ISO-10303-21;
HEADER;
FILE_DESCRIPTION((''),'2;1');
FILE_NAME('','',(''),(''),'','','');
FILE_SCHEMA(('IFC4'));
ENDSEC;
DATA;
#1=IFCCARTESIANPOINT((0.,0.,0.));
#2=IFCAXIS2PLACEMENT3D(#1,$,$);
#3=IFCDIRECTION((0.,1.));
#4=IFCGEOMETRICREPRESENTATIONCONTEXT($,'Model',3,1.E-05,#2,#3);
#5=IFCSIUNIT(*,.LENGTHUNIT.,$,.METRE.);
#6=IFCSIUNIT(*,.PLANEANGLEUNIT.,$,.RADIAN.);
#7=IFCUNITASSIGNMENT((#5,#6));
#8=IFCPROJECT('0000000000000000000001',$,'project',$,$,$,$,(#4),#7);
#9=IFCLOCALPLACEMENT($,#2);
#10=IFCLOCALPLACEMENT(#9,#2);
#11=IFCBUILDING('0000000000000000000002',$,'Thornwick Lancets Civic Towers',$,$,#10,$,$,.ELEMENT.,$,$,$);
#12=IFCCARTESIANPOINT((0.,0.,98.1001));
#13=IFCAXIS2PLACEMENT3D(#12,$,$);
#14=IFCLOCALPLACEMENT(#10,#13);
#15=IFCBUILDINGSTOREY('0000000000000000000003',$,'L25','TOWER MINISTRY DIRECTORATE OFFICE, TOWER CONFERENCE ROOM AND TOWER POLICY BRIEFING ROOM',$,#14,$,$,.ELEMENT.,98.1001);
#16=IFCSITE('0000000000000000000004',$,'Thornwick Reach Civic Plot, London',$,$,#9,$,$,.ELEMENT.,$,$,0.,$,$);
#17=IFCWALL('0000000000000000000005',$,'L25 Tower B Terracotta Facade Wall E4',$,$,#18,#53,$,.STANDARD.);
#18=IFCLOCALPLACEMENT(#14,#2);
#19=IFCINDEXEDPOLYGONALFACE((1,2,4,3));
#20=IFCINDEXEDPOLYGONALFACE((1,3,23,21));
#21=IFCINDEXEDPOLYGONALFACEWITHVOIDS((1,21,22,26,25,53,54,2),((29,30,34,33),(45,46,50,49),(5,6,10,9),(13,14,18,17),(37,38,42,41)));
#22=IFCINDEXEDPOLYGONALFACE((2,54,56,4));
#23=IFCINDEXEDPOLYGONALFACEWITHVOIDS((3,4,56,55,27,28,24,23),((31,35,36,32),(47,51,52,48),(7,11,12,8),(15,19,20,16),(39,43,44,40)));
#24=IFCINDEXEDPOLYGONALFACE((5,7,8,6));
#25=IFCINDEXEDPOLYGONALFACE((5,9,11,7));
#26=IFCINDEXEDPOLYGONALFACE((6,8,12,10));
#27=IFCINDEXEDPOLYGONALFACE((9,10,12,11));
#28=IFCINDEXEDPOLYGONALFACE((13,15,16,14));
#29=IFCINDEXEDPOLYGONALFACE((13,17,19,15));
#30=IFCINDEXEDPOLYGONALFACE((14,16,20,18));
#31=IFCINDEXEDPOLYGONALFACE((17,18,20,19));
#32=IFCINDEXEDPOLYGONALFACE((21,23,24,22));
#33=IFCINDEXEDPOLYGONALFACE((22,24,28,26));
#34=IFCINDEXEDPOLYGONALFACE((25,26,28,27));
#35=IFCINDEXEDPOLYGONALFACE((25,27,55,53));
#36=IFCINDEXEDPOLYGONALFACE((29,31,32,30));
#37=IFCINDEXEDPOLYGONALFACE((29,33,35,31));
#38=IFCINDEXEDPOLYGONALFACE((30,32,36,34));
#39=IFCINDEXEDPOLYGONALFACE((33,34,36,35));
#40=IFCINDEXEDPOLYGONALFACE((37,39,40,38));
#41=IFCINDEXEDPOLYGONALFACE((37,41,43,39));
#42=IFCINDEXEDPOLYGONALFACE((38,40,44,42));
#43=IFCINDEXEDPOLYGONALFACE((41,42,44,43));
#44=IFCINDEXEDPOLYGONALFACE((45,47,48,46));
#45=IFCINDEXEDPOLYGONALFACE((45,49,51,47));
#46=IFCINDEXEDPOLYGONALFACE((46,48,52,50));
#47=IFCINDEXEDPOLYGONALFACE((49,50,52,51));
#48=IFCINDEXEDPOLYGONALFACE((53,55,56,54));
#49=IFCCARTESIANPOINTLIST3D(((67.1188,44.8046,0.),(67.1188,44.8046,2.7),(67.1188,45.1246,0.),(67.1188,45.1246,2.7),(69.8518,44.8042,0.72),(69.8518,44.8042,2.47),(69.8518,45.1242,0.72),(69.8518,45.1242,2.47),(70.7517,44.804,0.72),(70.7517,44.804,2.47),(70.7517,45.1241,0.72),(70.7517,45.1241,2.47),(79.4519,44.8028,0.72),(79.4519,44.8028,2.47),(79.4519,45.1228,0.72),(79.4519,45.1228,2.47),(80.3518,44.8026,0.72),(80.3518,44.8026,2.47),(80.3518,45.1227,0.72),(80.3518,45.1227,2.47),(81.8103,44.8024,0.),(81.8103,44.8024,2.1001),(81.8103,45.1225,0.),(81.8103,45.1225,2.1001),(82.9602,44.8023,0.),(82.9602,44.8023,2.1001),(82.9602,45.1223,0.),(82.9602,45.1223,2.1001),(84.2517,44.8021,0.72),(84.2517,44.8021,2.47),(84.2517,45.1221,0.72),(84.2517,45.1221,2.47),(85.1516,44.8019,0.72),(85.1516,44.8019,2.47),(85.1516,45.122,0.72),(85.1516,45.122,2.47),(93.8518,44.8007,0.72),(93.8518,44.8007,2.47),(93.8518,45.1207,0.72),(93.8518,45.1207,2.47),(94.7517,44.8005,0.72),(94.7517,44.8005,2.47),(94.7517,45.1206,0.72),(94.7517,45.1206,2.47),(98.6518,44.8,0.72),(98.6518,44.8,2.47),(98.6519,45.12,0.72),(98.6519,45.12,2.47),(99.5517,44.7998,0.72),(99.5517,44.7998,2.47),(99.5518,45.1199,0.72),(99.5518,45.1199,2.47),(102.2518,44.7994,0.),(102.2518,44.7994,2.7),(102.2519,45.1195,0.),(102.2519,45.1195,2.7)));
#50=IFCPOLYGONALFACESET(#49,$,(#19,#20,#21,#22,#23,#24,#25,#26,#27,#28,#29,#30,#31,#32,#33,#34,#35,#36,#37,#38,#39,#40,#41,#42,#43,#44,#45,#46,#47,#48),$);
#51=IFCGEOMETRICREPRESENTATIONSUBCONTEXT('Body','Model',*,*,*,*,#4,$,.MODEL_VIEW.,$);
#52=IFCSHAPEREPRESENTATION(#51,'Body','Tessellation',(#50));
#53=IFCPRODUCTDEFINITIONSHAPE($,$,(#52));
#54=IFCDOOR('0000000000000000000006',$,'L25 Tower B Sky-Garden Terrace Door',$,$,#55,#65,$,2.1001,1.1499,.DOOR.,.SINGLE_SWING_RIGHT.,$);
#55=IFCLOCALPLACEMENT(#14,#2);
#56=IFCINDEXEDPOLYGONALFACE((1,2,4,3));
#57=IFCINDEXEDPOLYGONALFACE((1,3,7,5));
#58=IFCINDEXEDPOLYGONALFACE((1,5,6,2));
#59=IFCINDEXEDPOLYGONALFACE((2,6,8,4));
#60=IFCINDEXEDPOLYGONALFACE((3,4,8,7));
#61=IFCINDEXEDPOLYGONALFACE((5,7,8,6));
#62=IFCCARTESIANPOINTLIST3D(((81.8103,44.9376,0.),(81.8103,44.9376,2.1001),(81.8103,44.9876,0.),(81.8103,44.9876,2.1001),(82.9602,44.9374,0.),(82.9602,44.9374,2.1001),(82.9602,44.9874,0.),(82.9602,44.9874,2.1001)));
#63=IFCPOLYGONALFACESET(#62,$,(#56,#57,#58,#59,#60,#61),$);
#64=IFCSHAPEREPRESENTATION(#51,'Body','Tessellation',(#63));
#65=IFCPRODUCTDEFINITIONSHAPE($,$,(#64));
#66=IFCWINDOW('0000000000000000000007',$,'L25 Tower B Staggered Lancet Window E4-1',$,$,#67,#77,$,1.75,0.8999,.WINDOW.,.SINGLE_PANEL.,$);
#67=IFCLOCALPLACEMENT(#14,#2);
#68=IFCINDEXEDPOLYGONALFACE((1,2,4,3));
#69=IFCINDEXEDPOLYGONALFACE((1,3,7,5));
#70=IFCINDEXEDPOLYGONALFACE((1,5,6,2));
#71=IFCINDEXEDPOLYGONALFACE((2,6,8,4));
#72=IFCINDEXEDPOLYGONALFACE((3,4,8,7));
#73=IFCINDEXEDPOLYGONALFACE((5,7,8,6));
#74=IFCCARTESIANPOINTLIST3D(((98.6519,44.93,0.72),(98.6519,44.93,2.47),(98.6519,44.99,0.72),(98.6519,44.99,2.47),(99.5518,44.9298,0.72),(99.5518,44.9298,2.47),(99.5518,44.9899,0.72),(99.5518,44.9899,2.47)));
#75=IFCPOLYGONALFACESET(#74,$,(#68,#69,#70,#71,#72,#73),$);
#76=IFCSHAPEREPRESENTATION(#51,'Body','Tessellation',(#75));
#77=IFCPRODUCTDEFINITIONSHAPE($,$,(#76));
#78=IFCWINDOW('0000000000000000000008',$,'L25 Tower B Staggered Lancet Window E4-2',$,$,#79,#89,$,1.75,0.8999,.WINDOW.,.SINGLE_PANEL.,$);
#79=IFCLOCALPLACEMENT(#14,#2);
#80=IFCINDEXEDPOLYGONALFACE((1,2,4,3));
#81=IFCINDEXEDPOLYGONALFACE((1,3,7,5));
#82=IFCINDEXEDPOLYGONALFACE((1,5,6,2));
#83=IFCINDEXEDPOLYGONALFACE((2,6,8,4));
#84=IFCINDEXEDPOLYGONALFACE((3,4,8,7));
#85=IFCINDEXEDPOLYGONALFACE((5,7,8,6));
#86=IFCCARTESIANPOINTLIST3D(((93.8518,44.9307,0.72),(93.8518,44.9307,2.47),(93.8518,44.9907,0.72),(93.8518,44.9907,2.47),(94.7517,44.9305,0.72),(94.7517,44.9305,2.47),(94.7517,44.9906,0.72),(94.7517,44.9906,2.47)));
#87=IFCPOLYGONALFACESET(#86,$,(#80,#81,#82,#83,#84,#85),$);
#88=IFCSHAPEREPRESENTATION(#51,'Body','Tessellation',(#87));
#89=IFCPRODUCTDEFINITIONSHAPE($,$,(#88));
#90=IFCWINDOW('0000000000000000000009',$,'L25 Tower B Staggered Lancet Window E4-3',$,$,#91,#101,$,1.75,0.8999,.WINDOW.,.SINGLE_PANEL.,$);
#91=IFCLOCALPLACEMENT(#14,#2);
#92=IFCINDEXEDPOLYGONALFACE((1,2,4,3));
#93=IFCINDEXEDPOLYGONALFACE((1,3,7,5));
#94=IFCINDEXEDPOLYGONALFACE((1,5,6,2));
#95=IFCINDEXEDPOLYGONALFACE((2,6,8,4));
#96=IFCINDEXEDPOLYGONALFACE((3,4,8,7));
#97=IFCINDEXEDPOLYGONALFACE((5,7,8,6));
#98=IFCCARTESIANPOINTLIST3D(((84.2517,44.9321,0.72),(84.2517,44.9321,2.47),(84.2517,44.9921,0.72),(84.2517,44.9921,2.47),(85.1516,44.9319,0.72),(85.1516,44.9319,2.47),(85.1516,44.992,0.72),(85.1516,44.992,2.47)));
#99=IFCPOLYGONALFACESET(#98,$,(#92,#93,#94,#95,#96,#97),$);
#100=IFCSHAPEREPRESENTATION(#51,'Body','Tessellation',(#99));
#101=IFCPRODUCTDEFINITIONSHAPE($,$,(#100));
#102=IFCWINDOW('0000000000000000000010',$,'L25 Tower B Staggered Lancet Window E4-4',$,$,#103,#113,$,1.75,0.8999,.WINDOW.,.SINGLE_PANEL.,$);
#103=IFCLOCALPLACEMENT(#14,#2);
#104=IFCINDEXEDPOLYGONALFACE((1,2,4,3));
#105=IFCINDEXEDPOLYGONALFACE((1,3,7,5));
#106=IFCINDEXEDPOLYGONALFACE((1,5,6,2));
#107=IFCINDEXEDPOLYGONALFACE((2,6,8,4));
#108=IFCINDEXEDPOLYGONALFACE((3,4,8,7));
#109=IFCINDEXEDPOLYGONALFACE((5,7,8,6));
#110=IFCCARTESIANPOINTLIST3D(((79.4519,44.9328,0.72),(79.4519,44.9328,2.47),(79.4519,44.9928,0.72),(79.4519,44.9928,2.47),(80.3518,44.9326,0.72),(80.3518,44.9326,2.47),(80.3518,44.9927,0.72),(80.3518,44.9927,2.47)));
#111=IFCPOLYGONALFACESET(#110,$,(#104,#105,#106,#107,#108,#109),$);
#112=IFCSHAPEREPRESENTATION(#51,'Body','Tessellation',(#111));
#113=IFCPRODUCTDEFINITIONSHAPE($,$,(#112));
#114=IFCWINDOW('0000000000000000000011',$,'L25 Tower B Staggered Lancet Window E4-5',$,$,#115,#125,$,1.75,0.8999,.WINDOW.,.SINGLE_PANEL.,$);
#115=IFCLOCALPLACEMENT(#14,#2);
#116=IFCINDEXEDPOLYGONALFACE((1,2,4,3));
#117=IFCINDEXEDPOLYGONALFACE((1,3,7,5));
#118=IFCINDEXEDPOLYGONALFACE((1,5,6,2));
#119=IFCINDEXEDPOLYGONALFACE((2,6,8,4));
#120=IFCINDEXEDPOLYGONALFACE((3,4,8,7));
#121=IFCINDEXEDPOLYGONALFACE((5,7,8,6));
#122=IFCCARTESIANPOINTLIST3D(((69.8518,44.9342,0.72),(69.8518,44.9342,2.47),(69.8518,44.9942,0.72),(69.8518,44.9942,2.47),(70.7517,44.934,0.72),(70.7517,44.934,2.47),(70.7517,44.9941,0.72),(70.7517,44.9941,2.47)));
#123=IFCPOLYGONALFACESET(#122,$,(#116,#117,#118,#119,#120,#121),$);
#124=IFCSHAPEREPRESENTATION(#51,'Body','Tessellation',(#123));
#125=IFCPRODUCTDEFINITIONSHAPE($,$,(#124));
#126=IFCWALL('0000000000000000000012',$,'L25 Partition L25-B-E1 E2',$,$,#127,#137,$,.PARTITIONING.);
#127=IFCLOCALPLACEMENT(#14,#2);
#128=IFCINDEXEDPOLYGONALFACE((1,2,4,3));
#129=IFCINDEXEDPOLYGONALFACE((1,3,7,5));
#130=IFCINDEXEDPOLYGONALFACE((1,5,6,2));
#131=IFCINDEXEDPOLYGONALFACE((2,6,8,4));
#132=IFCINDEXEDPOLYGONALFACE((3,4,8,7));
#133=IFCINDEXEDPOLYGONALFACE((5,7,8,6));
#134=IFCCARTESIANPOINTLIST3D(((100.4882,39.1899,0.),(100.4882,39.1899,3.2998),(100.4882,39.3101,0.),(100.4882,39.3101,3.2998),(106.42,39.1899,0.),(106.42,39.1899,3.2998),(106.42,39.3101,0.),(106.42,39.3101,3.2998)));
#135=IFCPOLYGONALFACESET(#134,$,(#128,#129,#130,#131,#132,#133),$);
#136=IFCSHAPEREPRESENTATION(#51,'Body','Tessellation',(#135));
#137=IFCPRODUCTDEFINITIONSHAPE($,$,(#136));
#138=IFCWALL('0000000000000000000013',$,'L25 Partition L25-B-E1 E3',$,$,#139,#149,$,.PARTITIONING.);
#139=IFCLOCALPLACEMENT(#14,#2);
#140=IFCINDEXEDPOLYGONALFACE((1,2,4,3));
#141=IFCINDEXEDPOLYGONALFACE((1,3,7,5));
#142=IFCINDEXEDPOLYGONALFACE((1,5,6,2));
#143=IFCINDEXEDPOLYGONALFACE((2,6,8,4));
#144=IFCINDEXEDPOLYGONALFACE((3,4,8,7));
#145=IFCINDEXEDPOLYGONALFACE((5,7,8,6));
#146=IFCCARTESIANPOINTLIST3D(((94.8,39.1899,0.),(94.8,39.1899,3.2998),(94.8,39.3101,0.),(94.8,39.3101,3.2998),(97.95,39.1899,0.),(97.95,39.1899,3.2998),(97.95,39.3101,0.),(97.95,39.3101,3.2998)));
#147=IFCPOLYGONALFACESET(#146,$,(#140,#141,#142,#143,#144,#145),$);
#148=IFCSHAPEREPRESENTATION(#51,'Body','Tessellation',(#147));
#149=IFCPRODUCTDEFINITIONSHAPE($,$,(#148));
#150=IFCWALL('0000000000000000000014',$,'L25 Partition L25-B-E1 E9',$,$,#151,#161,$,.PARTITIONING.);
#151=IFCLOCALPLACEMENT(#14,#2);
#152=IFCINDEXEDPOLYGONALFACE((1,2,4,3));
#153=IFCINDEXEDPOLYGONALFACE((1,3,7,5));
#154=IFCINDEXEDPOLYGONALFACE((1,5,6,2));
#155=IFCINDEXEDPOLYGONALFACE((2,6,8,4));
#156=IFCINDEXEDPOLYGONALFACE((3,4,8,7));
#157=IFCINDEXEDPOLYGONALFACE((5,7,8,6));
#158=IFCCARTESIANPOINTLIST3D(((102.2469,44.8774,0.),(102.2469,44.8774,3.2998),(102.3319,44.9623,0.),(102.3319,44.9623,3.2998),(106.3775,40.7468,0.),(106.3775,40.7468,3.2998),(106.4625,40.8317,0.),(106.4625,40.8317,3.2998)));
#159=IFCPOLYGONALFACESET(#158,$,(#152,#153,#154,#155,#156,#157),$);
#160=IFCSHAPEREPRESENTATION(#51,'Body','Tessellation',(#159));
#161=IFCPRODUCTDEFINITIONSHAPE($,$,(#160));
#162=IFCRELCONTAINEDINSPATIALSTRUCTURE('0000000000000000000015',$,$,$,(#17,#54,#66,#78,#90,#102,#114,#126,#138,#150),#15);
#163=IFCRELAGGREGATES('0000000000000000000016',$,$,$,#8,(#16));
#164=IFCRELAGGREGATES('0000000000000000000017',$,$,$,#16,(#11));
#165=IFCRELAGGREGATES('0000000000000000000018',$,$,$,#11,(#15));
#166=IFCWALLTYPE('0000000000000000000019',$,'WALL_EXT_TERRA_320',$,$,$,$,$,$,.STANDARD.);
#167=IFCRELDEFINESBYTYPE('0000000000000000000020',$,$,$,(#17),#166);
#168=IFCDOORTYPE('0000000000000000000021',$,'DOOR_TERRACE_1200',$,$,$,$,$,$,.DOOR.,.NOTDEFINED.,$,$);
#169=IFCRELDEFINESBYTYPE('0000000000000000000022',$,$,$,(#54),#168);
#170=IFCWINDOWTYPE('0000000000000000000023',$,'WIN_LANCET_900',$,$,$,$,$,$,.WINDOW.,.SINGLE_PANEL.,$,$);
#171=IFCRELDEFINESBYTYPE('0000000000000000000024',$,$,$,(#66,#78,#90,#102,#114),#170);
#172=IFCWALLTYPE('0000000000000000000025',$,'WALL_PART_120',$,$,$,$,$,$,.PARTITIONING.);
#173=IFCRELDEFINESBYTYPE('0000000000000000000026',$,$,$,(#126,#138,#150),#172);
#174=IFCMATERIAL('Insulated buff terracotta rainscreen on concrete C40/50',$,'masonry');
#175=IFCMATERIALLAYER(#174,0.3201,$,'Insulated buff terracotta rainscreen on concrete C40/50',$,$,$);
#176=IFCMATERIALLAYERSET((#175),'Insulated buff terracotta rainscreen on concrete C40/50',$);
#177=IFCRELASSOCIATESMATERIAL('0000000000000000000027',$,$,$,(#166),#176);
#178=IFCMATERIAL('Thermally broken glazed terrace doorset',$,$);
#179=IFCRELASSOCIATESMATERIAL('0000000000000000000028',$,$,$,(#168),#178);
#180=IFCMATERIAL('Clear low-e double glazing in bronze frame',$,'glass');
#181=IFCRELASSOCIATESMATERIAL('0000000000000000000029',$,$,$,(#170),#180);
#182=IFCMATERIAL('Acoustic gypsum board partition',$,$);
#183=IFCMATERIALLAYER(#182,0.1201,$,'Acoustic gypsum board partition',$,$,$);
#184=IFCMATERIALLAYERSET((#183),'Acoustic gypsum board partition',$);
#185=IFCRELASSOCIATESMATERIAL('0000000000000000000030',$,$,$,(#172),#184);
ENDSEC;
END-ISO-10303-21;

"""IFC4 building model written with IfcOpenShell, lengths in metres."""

from ifc_helpers import new_model, si_unit, direction, frame, frame_2d, origin, place, context, subcontext, project, spatial, rectangle, extrude, material, layer, layer_set, type_object, element, fill, save


model = new_model("IFC4")

# Units and contexts
model_context = context("Model", 3, precision=1e-05, world=origin(), true_north=direction((0.0, 1.0)))
body_context = subcontext(model_context, "Body", "Model", "MODEL_VIEW")
ifc_project = project(units=[si_unit("LENGTHUNIT", "METRE"), si_unit("PLANEANGLEUNIT", "RADIAN")], contexts=[model_context])

# Site, building, storey
site_placement = place(None, origin())
site = spatial("IfcSite", under=ifc_project, at=site_placement, Name="Thornwick Reach Civic Plot, London", CompositionType="ELEMENT", RefElevation=0.0)
building_placement = place(site_placement, origin())
building = spatial("IfcBuilding", under=site, at=building_placement, Name="Thornwick Lancets Civic Towers", CompositionType="ELEMENT")
storey_placement = place(building_placement, frame((0.0, 0.0, 98.1001)))
storey = spatial("IfcBuildingStorey", under=building, at=storey_placement, Name="L25", Description="TOWER MINISTRY DIRECTORATE OFFICE, TOWER CONFERENCE ROOM AND TOWER POLICY BRIEFING ROOM", CompositionType="ELEMENT", Elevation=98.1001)

# Wall, openings, door, windows
ifc_material_1 = material(Name="Insulated buff terracotta rainscreen on concrete C40/50", Category="masonry")
ifc_layer_1 = layer(ifc_material_1, 0.3201, Name="Insulated buff terracotta rainscreen on concrete C40/50")
ifc_layer_set_1 = layer_set([ifc_layer_1], Name="Insulated buff terracotta rainscreen on concrete C40/50")
wall_type_1 = type_object("IfcWallType", Name="WALL_EXT_TERRA_320", PredefinedType="STANDARD", material=ifc_layer_set_1)
wall_1_placement = place(storey_placement, frame((102.2517, 44.9595, 0.0), z_axis=(0.0, 0.0, 1.0), x_axis=(-1.0, 0.000146, 0.0)))
wall_1 = element("IfcWall", 1, at=wall_1_placement, inside=storey, type_object=wall_type_1, Name="L25 Tower B Terracotta Facade Wall E4", PredefinedType="STANDARD", context=body_context, shape_type="SweptSolid", body=[
    extrude(rectangle(XDim=35.1331, YDim=0.3201, at=frame_2d((17.5664, 0.0))), origin(), (0.0, 0.0, 1.0), 2.7),
])
opening_1_placement = place(wall_1_placement, frame((19.2915, 0.0, 0.0)))
opening_1 = element("IfcOpeningElement", 2, at=opening_1_placement, cuts=wall_1, PredefinedType="OPENING", context=body_context, shape_type="SweptSolid", body=[
    extrude(rectangle(XDim=1.1499, YDim=2.1001, at=frame_2d((0.575, 1.05))), frame((0.0, 0.1699, 0.0), z_axis=(0.0, -1.0, 0.0), x_axis=(1.0, 0.0, 0.0)), (0.0, 0.0, 1.0), 0.3401),
])
opening_2_placement = place(wall_1_placement, frame((2.7, 0.0, 0.72)))
opening_2 = element("IfcOpeningElement", 3, at=opening_2_placement, cuts=wall_1, PredefinedType="OPENING", context=body_context, shape_type="SweptSolid", body=[
    extrude(rectangle(XDim=0.8999, YDim=1.75, at=frame_2d((0.45, 0.875))), frame((0.0, 0.1699, 0.0), z_axis=(0.0, -1.0, 0.0), x_axis=(1.0, 0.0, 0.0)), (0.0, 0.0, 1.0), 0.3401),
])
opening_3_placement = place(wall_1_placement, frame((7.5, 0.0, 0.72)))
opening_3 = element("IfcOpeningElement", 4, at=opening_3_placement, cuts=wall_1, PredefinedType="OPENING", context=body_context, shape_type="SweptSolid", body=[
    extrude(rectangle(XDim=0.8999, YDim=1.75, at=frame_2d((0.45, 0.875))), frame((0.0, 0.1699, 0.0), z_axis=(0.0, -1.0, 0.0), x_axis=(1.0, 0.0, 0.0)), (0.0, 0.0, 1.0), 0.3401),
])
opening_4_placement = place(wall_1_placement, frame((17.1001, 0.0, 0.72)))
opening_4 = element("IfcOpeningElement", 5, at=opening_4_placement, cuts=wall_1, PredefinedType="OPENING", context=body_context, shape_type="SweptSolid", body=[
    extrude(rectangle(XDim=0.8999, YDim=1.75, at=frame_2d((0.45, 0.875))), frame((0.0, 0.1699, 0.0), z_axis=(0.0, -1.0, 0.0), x_axis=(1.0, 0.0, 0.0)), (0.0, 0.0, 1.0), 0.3401),
])
opening_5_placement = place(wall_1_placement, frame((21.8999, 0.0, 0.72)))
opening_5 = element("IfcOpeningElement", 6, at=opening_5_placement, cuts=wall_1, PredefinedType="OPENING", context=body_context, shape_type="SweptSolid", body=[
    extrude(rectangle(XDim=0.8999, YDim=1.75, at=frame_2d((0.45, 0.875))), frame((0.0, 0.1699, 0.0), z_axis=(0.0, -1.0, 0.0), x_axis=(1.0, 0.0, 0.0)), (0.0, 0.0, 1.0), 0.3401),
])
opening_6_placement = place(wall_1_placement, frame((31.5, 0.0, 0.72)))
opening_6 = element("IfcOpeningElement", 7, at=opening_6_placement, cuts=wall_1, PredefinedType="OPENING", context=body_context, shape_type="SweptSolid", body=[
    extrude(rectangle(XDim=0.8999, YDim=1.75, at=frame_2d((0.45, 0.875))), frame((0.0, 0.1699, 0.0), z_axis=(0.0, -1.0, 0.0), x_axis=(1.0, 0.0, 0.0)), (0.0, 0.0, 1.0), 0.3401),
])
ifc_material_2 = material(Name="Thermally broken glazed terrace doorset")
door_type = type_object("IfcDoorType", Name="DOOR_TERRACE_1200", OperationType="NOTDEFINED", PredefinedType="DOOR", material=ifc_material_2)
door_placement = place(opening_1_placement, origin())
door = element("IfcDoor", 8, at=door_placement, inside=storey, type_object=door_type, Name="L25 Tower B Sky-Garden Terrace Door", OperationType="SINGLE_SWING_RIGHT", OverallHeight=2.1001, OverallWidth=1.1499, PredefinedType="DOOR", context=body_context, shape_type="SweptSolid", body=[
    extrude(rectangle(XDim=1.1499, YDim=2.1001, at=frame_2d((0.575, 1.05))), frame((0.0, 0.0249, 0.0), z_axis=(0.0, -1.0, 0.0), x_axis=(1.0, 0.0, 0.0)), (0.0, 0.0, 1.0), 0.05),
])
fill(opening_1, door)
ifc_material_3 = material(Name="Clear low-e double glazing in bronze frame", Category="glass")
window_type = type_object("IfcWindowType", Name="WIN_LANCET_900", PartitioningType="SINGLE_PANEL", PredefinedType="WINDOW", material=ifc_material_3)
window_1_placement = place(opening_2_placement, origin())
window_1 = element("IfcWindow", 9, at=window_1_placement, inside=storey, type_object=window_type, Name="L25 Tower B Staggered Lancet Window E4-1", OverallHeight=1.75, OverallWidth=0.8999, PartitioningType="SINGLE_PANEL", PredefinedType="WINDOW", context=body_context, shape_type="SweptSolid", body=[
    extrude(rectangle(XDim=0.8999, YDim=1.75, at=frame_2d((0.45, 0.875))), frame((0.0, 0.03, 0.0), z_axis=(0.0, -1.0, 0.0), x_axis=(1.0, 0.0, 0.0)), (0.0, 0.0, 1.0), 0.0601),
])
fill(opening_2, window_1)
window_2_placement = place(opening_3_placement, origin())
window_2 = element("IfcWindow", 10, at=window_2_placement, inside=storey, type_object=window_type, Name="L25 Tower B Staggered Lancet Window E4-2", OverallHeight=1.75, OverallWidth=0.8999, PartitioningType="SINGLE_PANEL", PredefinedType="WINDOW", context=body_context, shape_type="SweptSolid", body=[
    extrude(rectangle(XDim=0.8999, YDim=1.75, at=frame_2d((0.45, 0.875))), frame((0.0, 0.03, 0.0), z_axis=(0.0, -1.0, 0.0), x_axis=(1.0, 0.0, 0.0)), (0.0, 0.0, 1.0), 0.0601),
])
fill(opening_3, window_2)
window_3_placement = place(opening_4_placement, origin())
window_3 = element("IfcWindow", 11, at=window_3_placement, inside=storey, type_object=window_type, Name="L25 Tower B Staggered Lancet Window E4-3", OverallHeight=1.75, OverallWidth=0.8999, PartitioningType="SINGLE_PANEL", PredefinedType="WINDOW", context=body_context, shape_type="SweptSolid", body=[
    extrude(rectangle(XDim=0.8999, YDim=1.75, at=frame_2d((0.45, 0.875))), frame((0.0, 0.03, 0.0), z_axis=(0.0, -1.0, 0.0), x_axis=(1.0, 0.0, 0.0)), (0.0, 0.0, 1.0), 0.0601),
])
fill(opening_4, window_3)
window_4_placement = place(opening_5_placement, origin())
window_4 = element("IfcWindow", 12, at=window_4_placement, inside=storey, type_object=window_type, Name="L25 Tower B Staggered Lancet Window E4-4", OverallHeight=1.75, OverallWidth=0.8999, PartitioningType="SINGLE_PANEL", PredefinedType="WINDOW", context=body_context, shape_type="SweptSolid", body=[
    extrude(rectangle(XDim=0.8999, YDim=1.75, at=frame_2d((0.45, 0.875))), frame((0.0, 0.03, 0.0), z_axis=(0.0, -1.0, 0.0), x_axis=(1.0, 0.0, 0.0)), (0.0, 0.0, 1.0), 0.0601),
])
fill(opening_5, window_4)
window_5_placement = place(opening_6_placement, origin())
window_5 = element("IfcWindow", 13, at=window_5_placement, inside=storey, type_object=window_type, Name="L25 Tower B Staggered Lancet Window E4-5", OverallHeight=1.75, OverallWidth=0.8999, PartitioningType="SINGLE_PANEL", PredefinedType="WINDOW", context=body_context, shape_type="SweptSolid", body=[
    extrude(rectangle(XDim=0.8999, YDim=1.75, at=frame_2d((0.45, 0.875))), frame((0.0, 0.03, 0.0), z_axis=(0.0, -1.0, 0.0), x_axis=(1.0, 0.0, 0.0)), (0.0, 0.0, 1.0), 0.0601),
])
fill(opening_6, window_5)

# Walls
ifc_material_4 = material(Name="Acoustic gypsum board partition")
ifc_layer_2 = layer(ifc_material_4, 0.1201, Name="Acoustic gypsum board partition")
ifc_layer_set_2 = layer_set([ifc_layer_2], Name="Acoustic gypsum board partition")
wall_type_2 = type_object("IfcWallType", Name="WALL_PART_120", PredefinedType="PARTITIONING", material=ifc_layer_set_2)
wall_2_placement = place(storey_placement, frame((106.4199, 39.25, 0.0), z_axis=(0.0, 0.0, 1.0), x_axis=(-1.0, 0.0, 0.0)))
element("IfcWall", 14, at=wall_2_placement, inside=storey, type_object=wall_type_2, Name="L25 Partition L25-B-E1 E2", PredefinedType="PARTITIONING", context=body_context, shape_type="SweptSolid", body=[
    extrude(rectangle(XDim=5.9319, YDim=0.1201, at=frame_2d((2.9658, 0.0))), origin(), (0.0, 0.0, 1.0), 3.2998),
])
wall_3_placement = place(storey_placement, frame((97.95, 39.25, 0.0), z_axis=(0.0, 0.0, 1.0), x_axis=(-1.0, 0.0, 0.0)))
element("IfcWall", 15, at=wall_3_placement, inside=storey, type_object=wall_type_2, Name="L25 Partition L25-B-E1 E3", PredefinedType="PARTITIONING", context=body_context, shape_type="SweptSolid", body=[
    extrude(rectangle(XDim=3.1499, YDim=0.1201, at=frame_2d((1.575, 0.0))), origin(), (0.0, 0.0, 1.0), 3.2998),
])
wall_4_placement = place(storey_placement, frame((102.2893, 44.9199, 0.0), z_axis=(0.0, 0.0, 1.0), x_axis=(0.707107, -0.707107, 0.0)))
element("IfcWall", 16, at=wall_4_placement, inside=storey, type_object=wall_type_2, Name="L25 Partition L25-B-E1 E9", PredefinedType="PARTITIONING", context=body_context, shape_type="SweptSolid", body=[
    extrude(rectangle(XDim=5.8416, YDim=0.1201, at=frame_2d((2.9209, 0.0))), origin(), (0.0, 0.0, 1.0), 3.2998),
])

save(model, "model.ifc")
